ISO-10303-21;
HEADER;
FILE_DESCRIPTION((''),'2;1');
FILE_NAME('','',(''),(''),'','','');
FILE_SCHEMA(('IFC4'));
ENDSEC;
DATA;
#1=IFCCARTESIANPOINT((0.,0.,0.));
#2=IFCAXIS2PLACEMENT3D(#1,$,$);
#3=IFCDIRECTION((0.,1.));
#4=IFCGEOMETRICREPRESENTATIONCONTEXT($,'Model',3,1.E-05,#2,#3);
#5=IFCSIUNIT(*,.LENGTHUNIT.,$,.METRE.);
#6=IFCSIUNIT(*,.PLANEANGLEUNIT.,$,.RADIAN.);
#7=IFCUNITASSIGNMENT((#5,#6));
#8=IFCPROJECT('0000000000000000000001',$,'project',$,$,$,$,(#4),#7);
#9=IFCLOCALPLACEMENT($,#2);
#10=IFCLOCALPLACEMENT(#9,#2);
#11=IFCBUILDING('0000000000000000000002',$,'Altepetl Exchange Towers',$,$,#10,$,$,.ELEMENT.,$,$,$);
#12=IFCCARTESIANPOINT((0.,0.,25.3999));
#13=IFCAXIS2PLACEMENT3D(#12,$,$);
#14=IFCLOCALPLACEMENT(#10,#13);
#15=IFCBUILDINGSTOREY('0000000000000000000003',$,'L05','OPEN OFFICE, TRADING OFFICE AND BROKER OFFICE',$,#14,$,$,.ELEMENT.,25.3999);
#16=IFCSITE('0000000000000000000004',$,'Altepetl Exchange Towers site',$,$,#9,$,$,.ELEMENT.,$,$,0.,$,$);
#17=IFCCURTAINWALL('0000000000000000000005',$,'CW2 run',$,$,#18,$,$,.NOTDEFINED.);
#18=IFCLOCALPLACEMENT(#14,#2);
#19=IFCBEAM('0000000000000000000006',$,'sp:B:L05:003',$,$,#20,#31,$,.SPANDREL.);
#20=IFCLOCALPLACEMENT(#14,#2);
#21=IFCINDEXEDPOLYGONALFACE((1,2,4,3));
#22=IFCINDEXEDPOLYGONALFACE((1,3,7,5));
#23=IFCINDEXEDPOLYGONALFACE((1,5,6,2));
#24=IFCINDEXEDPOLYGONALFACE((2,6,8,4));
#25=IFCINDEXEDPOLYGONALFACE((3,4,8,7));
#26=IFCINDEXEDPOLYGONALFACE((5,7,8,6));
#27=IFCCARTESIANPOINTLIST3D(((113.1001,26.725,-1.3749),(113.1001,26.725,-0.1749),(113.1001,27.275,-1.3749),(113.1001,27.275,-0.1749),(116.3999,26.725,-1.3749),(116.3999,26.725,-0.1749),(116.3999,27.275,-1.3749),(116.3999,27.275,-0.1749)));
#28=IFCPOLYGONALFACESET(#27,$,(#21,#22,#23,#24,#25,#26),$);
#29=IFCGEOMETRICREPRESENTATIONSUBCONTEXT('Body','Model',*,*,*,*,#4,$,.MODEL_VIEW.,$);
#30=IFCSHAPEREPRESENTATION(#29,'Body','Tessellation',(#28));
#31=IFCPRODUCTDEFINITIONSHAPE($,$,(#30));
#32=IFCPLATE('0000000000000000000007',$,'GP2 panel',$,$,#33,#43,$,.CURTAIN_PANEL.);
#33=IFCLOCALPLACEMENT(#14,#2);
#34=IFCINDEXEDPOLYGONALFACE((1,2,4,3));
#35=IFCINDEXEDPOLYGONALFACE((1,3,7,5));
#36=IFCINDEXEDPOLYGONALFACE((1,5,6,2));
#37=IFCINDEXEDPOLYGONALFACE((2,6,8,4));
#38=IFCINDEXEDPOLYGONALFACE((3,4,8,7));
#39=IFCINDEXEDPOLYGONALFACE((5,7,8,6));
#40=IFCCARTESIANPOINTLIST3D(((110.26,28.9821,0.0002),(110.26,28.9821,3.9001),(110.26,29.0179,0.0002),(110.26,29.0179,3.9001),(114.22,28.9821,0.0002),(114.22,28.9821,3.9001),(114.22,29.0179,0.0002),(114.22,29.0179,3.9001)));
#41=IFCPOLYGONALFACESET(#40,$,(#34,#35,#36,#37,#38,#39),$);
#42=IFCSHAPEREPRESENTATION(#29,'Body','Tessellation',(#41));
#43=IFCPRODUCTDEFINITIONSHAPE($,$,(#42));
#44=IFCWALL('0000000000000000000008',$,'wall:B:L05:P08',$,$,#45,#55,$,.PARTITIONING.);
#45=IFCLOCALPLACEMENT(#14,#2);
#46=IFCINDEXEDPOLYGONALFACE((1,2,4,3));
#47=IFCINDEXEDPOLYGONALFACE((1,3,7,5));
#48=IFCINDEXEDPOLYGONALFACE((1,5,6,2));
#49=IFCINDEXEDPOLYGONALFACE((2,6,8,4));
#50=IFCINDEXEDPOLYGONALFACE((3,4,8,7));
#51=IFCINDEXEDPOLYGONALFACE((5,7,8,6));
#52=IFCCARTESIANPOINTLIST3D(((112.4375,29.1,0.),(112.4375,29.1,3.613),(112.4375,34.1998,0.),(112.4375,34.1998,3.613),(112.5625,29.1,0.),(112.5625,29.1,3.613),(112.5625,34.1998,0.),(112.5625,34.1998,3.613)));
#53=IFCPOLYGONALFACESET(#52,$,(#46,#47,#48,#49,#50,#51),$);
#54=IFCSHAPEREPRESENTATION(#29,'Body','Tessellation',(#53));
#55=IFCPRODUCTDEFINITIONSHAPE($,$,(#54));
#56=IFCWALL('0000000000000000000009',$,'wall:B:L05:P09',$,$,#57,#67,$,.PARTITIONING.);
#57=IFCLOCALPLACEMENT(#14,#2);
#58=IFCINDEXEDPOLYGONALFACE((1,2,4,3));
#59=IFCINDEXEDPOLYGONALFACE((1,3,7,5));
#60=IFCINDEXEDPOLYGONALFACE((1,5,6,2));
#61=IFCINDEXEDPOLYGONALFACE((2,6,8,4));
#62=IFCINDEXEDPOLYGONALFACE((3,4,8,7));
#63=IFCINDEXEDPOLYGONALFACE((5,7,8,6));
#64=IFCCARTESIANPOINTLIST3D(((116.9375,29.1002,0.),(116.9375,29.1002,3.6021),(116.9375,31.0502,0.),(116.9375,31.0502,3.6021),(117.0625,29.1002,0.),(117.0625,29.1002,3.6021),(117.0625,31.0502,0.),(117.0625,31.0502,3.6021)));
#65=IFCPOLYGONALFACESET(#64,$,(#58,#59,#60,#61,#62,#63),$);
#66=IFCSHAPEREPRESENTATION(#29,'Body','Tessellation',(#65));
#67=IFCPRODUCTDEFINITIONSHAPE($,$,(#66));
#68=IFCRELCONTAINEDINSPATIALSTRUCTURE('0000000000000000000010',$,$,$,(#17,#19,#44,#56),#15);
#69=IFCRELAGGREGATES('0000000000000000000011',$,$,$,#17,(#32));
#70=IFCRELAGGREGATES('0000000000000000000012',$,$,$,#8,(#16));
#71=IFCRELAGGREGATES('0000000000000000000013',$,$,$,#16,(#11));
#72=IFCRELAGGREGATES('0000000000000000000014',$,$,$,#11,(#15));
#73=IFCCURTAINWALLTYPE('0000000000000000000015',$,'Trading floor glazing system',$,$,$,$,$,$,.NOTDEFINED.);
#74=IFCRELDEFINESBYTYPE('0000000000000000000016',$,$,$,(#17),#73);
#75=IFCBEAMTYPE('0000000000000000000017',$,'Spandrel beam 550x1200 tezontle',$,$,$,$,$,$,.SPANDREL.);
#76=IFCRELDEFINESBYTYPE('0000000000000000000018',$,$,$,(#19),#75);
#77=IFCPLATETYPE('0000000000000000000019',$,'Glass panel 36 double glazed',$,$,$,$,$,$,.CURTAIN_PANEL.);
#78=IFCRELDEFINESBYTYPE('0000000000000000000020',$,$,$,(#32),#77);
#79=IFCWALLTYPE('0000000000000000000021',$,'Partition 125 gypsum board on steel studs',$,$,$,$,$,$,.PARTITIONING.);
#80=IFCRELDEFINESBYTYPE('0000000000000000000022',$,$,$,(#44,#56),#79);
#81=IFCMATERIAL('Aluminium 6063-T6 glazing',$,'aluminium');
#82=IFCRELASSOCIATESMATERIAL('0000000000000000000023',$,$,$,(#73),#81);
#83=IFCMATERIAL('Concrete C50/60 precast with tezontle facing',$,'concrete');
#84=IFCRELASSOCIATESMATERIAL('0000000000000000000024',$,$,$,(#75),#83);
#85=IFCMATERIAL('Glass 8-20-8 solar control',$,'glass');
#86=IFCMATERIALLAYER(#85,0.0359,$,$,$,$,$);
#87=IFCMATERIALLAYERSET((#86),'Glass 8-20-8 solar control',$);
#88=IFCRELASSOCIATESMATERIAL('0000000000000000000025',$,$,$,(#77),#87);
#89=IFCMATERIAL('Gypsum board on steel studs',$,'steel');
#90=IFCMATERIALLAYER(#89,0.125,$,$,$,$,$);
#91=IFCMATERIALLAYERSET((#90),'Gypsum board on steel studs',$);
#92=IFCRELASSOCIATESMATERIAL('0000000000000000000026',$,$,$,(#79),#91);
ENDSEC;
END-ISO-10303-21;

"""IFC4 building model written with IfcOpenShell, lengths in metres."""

from ifc_helpers import new_model, si_unit, direction, frame, frame_2d, origin, origin_2d, place, context, subcontext, project, spatial, rectangle, extrude, material, layer, layer_set, material_profile, profile_set, type_object, element, aggregate, save


model = new_model("IFC4")

# Units and contexts
model_context = context("Model", 3, precision=1e-05, world=origin(), true_north=direction((0.0, 1.0)))
body_context = subcontext(model_context, "Body", "Model", "MODEL_VIEW")
ifc_project = project(units=[si_unit("LENGTHUNIT", "METRE"), si_unit("PLANEANGLEUNIT", "RADIAN")], contexts=[model_context])

# Site, building, storey
site_placement = place(None, origin())
site = spatial("IfcSite", under=ifc_project, at=site_placement, Name="Altepetl Exchange Towers site", CompositionType="ELEMENT", RefElevation=0.0)
building_placement = place(site_placement, origin())
building = spatial("IfcBuilding", under=site, at=building_placement, Name="Altepetl Exchange Towers", CompositionType="ELEMENT")
storey_placement = place(building_placement, frame((0.0, 0.0, 25.3999)))
storey = spatial("IfcBuildingStorey", under=building, at=storey_placement, Name="L05", Description="OPEN OFFICE, TRADING OFFICE AND BROKER OFFICE", CompositionType="ELEMENT", Elevation=25.3999)

# Shared definitions
ifc_material_1 = material(Name="Aluminium 6063-T6 glazing", Category="aluminium")
curtain_wall_type = type_object("IfcCurtainWallType", Name="Trading floor glazing system", PredefinedType="NOTDEFINED", material=ifc_material_1)

# Curtain wall
curtain_wall_1_placement = place(storey_placement, origin())
curtain_wall_1 = element("IfcCurtainWall", 1, at=curtain_wall_1_placement, inside=storey, type_object=curtain_wall_type, Name="CW2 run", PredefinedType="NOTDEFINED")

# Beam
ifc_material_2 = material(Name="Concrete C50/60 precast with tezontle facing", Category="concrete")
ifc_material_profile_1 = material_profile(ifc_material_2, rectangle(XDim=0.55, YDim=1.2, at=origin_2d()), Name="550 x 1200")
ifc_profile_set_1 = profile_set([ifc_material_profile_1], Name="Concrete C50/60 precast with tezontle facing")
beam_type_1 = type_object("IfcBeamType", Name="Spandrel beam 550x1200 tezontle", PredefinedType="SPANDREL", material=ifc_profile_set_1)
for number, where, z_axis, x_axis, name in (
    (2, (113.1001, 27.0, -0.7749), (1.0, 0.0, 0.0), (0.0, 1.0, 0.0), "sp:B:L05:003"),
):
    element("IfcBeam", number, at=place(storey_placement, frame(where, z_axis=z_axis, x_axis=x_axis)), inside=storey, type_object=beam_type_1, Name=name, PredefinedType="SPANDREL", context=body_context, shape_type="SweptSolid", body=[
        extrude(rectangle(XDim=0.55, YDim=1.2, at=origin_2d()), origin(), (0.0, 0.0, 1.0), 3.2998),
    ])

# Plate
ifc_material_3 = material(Name="Glass 8-20-8 solar control", Category="glass")
ifc_layer_1 = layer(ifc_material_3, 0.0359)
ifc_layer_set_1 = layer_set([ifc_layer_1], Name="Glass 8-20-8 solar control")
plate_type = type_object("IfcPlateType", Name="Glass panel 36 double glazed", PredefinedType="CURTAIN_PANEL", material=ifc_layer_set_1)
plate_placement = place(storey_placement, frame((112.24, 29.0, 0.0002)))
plate = element("IfcPlate", 3, at=plate_placement, type_object=plate_type, Name="GP2 panel", PredefinedType="CURTAIN_PANEL", context=body_context, shape_type="SweptSolid", body=[
    extrude(rectangle(XDim=3.96, YDim=0.0359, at=origin_2d()), origin(), (0.0, 0.0, 1.0), 3.8999),
])
aggregate(curtain_wall_1, [plate])

# Walls
ifc_material_4 = material(Name="Gypsum board on steel studs", Category="steel")
ifc_layer_2 = layer(ifc_material_4, 0.125)
ifc_layer_set_2 = layer_set([ifc_layer_2], Name="Gypsum board on steel studs")
wall_type_1 = type_object("IfcWallType", Name="Partition 125 gypsum board on steel studs", PredefinedType="PARTITIONING", material=ifc_layer_set_2)
wall_1_placement = place(storey_placement, frame((112.5, 29.1001, 0.0), z_axis=(0.0, 0.0, 1.0), x_axis=(0.0, 1.0, 0.0)))
element("IfcWall", 4, at=wall_1_placement, inside=storey, type_object=wall_type_1, Name="wall:B:L05:P08", PredefinedType="PARTITIONING", context=body_context, shape_type="SweptSolid", body=[
    extrude(rectangle(XDim=5.0999, YDim=0.125, at=frame_2d((2.5498, 0.0))), origin(), (0.0, 0.0, 1.0), 3.613),
])
wall_2_placement = place(storey_placement, frame((117.0, 29.1001, 0.0), z_axis=(0.0, 0.0, 1.0), x_axis=(0.0, 1.0, 0.0)))
element("IfcWall", 5, at=wall_2_placement, inside=storey, type_object=wall_type_1, Name="wall:B:L05:P09", PredefinedType="PARTITIONING", context=body_context, shape_type="SweptSolid", body=[
    extrude(rectangle(XDim=1.95, YDim=0.125, at=frame_2d((0.9751, 0.0))), origin(), (0.0, 0.0, 1.0), 3.6021),
])

save(model, "model.ifc")
